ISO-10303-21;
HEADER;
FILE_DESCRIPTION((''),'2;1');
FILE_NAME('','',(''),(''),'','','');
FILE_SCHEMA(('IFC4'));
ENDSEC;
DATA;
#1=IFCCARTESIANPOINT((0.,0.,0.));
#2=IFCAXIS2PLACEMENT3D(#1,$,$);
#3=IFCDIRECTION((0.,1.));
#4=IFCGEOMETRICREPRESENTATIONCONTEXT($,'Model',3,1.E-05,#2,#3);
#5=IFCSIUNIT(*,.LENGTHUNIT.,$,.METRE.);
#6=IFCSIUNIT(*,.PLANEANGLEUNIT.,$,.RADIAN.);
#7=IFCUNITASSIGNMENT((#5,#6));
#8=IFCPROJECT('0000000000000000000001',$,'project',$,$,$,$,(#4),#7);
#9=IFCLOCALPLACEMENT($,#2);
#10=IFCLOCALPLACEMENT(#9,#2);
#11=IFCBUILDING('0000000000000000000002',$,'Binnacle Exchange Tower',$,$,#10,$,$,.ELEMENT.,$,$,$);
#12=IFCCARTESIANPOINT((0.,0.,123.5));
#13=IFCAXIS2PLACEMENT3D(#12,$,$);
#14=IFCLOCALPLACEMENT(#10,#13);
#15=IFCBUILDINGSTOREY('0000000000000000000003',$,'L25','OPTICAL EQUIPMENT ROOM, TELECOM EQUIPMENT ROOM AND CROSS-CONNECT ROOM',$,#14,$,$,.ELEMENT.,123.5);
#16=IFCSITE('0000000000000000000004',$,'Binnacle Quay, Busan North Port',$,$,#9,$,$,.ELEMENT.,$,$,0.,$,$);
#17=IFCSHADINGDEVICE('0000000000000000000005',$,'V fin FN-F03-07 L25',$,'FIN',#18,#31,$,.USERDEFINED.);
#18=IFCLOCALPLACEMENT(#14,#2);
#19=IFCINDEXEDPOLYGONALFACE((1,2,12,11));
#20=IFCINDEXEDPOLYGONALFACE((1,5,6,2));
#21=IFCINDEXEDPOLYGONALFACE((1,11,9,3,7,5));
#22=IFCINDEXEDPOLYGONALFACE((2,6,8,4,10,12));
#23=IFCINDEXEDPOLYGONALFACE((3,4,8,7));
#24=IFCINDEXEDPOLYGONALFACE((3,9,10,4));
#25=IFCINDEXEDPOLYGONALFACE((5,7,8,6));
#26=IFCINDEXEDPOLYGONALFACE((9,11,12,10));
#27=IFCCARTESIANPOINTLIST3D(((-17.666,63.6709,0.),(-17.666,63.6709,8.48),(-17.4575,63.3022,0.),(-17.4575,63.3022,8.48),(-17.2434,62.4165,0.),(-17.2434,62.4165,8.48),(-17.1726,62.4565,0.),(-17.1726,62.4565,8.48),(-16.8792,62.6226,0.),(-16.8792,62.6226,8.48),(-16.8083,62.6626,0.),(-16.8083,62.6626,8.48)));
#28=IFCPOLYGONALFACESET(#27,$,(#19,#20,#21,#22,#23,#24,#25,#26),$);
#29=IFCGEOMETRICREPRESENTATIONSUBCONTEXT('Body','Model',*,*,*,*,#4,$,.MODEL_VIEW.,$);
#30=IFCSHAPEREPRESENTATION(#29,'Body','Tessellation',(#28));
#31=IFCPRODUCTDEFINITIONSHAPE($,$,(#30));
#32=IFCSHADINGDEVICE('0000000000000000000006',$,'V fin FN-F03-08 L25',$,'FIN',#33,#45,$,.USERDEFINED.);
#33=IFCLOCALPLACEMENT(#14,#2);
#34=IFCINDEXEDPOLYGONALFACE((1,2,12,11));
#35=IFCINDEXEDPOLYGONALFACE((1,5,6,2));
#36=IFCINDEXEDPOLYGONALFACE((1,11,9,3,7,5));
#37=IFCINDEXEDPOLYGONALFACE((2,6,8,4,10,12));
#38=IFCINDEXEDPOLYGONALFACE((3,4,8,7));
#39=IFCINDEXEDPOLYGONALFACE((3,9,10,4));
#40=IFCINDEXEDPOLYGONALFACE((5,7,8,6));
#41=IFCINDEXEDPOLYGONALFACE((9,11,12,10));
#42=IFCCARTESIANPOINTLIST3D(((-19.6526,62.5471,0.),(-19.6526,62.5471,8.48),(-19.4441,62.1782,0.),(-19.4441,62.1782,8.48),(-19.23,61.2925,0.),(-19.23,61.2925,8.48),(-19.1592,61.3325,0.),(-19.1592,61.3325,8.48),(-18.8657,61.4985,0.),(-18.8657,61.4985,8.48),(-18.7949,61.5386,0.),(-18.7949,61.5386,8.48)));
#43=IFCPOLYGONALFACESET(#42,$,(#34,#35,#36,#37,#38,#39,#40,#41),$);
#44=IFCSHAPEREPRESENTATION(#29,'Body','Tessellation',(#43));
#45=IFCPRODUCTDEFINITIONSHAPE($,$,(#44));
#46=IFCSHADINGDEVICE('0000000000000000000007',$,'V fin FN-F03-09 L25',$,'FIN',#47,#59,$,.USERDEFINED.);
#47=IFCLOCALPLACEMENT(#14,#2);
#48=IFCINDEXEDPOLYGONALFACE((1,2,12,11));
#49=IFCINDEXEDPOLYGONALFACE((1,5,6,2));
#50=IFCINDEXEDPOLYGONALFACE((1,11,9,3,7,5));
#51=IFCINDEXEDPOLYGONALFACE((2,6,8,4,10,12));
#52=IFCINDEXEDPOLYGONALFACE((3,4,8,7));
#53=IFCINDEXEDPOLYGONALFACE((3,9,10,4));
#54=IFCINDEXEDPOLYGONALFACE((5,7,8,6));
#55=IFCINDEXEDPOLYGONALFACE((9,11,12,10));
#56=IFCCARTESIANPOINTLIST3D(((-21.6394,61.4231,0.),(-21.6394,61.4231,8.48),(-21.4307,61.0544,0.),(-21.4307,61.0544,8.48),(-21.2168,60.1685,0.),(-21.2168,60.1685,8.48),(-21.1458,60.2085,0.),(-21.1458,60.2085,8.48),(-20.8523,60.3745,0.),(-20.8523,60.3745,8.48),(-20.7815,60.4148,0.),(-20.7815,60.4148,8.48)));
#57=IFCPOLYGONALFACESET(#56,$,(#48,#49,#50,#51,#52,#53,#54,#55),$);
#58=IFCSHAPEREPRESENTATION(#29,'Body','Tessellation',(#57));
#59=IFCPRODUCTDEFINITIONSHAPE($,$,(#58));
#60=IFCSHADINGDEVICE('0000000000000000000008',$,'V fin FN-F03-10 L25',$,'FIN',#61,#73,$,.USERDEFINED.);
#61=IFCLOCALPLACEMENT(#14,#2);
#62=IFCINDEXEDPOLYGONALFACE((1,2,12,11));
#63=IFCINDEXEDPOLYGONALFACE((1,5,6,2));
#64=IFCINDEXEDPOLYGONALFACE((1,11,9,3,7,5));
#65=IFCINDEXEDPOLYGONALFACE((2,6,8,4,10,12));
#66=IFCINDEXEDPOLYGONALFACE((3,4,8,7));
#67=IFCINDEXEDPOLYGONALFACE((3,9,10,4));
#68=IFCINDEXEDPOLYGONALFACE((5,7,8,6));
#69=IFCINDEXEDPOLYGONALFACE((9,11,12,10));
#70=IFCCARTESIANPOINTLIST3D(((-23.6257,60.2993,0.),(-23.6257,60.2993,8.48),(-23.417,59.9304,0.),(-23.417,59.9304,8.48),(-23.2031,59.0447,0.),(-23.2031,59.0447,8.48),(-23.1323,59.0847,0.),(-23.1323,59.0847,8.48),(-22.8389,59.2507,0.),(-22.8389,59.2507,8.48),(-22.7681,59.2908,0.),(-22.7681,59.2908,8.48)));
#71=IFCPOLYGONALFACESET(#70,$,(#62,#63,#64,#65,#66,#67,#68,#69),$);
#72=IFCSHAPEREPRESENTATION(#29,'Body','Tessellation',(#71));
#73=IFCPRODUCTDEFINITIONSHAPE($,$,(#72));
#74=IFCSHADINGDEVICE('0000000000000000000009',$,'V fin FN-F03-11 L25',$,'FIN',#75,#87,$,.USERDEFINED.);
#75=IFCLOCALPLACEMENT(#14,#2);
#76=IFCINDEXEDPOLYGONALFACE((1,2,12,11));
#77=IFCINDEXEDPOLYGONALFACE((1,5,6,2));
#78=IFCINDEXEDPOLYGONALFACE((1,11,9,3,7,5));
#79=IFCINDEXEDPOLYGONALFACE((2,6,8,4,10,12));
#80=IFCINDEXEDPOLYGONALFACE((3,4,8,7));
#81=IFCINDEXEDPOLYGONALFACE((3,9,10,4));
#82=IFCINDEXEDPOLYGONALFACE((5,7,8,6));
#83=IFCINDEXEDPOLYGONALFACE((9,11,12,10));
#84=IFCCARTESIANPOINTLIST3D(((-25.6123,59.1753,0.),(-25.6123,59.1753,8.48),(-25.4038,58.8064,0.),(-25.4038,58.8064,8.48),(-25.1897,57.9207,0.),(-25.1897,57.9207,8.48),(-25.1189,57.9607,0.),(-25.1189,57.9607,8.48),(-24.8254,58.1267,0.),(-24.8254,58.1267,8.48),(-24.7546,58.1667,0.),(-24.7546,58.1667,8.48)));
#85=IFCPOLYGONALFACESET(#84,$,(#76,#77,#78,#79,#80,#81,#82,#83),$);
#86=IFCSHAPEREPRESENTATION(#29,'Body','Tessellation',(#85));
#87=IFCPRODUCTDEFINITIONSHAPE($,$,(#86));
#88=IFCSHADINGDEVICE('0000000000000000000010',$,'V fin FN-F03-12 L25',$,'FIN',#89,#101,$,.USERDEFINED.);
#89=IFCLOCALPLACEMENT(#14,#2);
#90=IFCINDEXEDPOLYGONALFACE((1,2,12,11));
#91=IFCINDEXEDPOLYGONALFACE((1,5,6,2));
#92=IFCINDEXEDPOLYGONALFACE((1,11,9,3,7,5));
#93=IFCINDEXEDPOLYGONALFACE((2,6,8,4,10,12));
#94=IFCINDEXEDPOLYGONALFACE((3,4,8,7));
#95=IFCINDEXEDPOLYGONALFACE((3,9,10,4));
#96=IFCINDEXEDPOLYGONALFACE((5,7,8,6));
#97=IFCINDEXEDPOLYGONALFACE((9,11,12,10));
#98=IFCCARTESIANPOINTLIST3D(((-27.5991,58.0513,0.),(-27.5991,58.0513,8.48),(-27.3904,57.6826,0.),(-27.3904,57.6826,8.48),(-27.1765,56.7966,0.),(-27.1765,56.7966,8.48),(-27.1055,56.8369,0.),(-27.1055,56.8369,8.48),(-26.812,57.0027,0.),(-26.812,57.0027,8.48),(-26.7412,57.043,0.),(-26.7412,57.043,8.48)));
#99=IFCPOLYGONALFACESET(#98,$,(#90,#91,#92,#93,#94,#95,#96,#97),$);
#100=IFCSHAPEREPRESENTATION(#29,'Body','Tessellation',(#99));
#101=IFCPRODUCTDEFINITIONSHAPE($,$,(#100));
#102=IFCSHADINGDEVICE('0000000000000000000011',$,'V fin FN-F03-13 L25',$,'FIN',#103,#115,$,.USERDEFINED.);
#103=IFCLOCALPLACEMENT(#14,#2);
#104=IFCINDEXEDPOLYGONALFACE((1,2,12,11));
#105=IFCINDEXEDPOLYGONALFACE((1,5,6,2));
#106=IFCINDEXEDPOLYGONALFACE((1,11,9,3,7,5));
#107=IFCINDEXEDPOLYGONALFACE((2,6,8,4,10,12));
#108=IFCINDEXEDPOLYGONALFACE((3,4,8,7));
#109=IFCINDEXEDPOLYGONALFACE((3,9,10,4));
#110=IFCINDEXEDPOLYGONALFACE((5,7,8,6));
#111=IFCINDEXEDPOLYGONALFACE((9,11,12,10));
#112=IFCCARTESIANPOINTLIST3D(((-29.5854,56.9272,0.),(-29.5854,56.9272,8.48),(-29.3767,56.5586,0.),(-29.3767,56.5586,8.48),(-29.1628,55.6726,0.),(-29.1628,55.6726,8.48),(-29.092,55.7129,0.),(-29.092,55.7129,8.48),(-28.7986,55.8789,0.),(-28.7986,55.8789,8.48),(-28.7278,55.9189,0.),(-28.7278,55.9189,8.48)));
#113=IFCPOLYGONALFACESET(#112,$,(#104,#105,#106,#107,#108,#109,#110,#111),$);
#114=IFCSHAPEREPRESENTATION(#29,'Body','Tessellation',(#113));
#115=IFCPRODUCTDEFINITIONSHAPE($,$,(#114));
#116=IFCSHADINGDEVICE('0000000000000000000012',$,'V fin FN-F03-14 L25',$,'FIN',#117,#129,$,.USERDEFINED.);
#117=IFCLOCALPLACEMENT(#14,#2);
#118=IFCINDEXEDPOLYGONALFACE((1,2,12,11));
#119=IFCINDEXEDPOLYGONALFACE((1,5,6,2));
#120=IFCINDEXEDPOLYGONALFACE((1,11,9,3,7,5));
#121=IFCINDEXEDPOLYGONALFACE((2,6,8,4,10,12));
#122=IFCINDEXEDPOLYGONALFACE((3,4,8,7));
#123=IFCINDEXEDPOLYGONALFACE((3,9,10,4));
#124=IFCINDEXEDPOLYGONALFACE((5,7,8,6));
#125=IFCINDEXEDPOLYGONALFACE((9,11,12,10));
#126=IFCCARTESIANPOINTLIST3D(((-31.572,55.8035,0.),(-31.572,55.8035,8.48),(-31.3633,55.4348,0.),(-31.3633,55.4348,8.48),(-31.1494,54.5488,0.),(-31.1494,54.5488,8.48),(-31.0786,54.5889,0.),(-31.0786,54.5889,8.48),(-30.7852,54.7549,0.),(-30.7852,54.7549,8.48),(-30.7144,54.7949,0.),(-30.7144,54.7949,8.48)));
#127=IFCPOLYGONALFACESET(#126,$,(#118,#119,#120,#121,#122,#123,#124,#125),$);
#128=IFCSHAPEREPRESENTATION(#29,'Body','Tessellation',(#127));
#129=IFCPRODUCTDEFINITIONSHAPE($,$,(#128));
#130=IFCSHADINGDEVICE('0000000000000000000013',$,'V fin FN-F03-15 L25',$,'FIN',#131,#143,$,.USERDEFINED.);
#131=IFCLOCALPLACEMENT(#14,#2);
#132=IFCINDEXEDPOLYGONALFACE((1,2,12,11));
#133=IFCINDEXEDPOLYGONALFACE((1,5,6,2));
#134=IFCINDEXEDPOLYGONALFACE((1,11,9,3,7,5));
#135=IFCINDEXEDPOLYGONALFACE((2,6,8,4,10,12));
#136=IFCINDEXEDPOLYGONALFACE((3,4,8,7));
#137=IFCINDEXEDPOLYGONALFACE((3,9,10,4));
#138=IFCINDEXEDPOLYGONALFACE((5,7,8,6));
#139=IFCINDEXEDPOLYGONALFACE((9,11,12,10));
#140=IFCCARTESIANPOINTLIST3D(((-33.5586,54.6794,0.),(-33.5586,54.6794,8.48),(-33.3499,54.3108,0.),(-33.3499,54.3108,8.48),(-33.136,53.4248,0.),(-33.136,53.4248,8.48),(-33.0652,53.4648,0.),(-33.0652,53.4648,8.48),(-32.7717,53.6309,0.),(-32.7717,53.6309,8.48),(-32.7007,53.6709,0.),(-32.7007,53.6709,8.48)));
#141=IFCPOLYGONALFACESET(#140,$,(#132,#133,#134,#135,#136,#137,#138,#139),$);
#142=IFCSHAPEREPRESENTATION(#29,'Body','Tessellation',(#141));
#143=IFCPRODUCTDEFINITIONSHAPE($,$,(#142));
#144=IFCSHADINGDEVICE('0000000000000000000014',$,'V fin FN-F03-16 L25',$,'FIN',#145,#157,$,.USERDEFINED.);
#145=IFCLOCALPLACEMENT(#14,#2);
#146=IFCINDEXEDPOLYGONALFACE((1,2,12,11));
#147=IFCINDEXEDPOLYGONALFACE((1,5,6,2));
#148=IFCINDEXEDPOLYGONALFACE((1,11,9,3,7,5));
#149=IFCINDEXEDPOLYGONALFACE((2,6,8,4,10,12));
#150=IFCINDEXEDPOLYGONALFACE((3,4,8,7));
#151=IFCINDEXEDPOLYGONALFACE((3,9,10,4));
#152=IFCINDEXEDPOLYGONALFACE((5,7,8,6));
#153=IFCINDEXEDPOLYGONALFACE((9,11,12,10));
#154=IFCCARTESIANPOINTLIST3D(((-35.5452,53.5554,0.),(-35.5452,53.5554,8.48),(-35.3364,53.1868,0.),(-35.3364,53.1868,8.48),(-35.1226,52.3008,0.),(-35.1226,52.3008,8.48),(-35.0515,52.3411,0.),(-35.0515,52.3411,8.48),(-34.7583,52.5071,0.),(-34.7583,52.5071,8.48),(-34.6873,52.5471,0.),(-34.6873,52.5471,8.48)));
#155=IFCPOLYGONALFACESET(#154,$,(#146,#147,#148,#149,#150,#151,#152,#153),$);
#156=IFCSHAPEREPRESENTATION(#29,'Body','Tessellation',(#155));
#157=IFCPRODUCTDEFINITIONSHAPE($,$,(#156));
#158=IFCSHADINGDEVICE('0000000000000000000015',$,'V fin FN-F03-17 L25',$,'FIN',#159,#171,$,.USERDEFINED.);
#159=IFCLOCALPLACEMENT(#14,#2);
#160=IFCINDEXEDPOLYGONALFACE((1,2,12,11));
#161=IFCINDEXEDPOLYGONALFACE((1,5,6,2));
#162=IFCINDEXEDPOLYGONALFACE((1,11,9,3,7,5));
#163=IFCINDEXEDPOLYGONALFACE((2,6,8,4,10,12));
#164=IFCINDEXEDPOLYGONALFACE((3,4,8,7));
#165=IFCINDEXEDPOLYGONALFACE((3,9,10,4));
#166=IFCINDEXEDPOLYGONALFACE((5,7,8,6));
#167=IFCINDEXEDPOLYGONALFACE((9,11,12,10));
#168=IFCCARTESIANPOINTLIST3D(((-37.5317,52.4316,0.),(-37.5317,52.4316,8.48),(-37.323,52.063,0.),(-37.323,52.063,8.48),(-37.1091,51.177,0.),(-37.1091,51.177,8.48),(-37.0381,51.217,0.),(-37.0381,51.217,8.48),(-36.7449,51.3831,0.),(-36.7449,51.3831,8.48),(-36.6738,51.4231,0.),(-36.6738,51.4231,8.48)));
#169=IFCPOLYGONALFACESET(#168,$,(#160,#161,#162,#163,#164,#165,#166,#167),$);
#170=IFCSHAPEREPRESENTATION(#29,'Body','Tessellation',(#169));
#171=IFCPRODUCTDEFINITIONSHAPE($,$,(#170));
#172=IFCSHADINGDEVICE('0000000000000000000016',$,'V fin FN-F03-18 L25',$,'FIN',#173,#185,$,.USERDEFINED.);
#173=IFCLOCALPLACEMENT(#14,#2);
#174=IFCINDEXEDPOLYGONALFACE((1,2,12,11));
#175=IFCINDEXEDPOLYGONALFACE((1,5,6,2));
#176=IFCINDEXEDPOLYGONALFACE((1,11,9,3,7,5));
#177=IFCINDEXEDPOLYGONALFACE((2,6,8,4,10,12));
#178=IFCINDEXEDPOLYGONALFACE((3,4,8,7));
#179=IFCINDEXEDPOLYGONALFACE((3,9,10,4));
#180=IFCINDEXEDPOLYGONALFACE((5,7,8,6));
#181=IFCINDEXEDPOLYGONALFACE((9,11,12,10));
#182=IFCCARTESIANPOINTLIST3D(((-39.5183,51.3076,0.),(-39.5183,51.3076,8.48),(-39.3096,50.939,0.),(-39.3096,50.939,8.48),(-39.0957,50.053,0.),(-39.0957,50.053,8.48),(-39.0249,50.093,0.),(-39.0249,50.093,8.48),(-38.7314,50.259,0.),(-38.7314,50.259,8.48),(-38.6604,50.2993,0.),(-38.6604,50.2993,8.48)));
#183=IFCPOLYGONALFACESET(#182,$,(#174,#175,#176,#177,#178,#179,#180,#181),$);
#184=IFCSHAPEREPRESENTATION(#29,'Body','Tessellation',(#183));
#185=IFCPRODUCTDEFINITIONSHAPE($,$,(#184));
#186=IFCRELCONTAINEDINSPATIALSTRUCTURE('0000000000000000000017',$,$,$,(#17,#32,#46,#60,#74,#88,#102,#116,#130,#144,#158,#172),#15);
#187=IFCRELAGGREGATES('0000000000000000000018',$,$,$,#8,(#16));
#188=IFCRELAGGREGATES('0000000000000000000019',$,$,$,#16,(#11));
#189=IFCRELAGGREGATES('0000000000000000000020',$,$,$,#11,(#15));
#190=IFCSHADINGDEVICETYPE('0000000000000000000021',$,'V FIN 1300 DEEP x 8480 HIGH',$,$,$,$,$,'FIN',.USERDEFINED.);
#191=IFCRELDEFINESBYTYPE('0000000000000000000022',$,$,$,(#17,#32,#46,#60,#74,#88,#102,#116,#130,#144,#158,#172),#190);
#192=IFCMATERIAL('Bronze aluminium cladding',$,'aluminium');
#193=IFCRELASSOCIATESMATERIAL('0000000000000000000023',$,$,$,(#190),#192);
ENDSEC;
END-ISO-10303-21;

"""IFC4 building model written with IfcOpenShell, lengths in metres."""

from ifc_helpers import new_model, si_unit, direction, frame, origin, place, context, subcontext, project, spatial, polyline, outline, extrude, material, type_object, element, save


model = new_model("IFC4")

# Units and contexts
model_context = context("Model", 3, precision=1e-05, world=origin(), true_north=direction((0.0, 1.0)))
body_context = subcontext(model_context, "Body", "Model", "MODEL_VIEW")
ifc_project = project(units=[si_unit("LENGTHUNIT", "METRE"), si_unit("PLANEANGLEUNIT", "RADIAN")], contexts=[model_context])

# Site, building, storey
site_placement = place(None, origin())
site = spatial("IfcSite", under=ifc_project, at=site_placement, Name="Binnacle Quay, Busan North Port", CompositionType="ELEMENT", RefElevation=0.0)
building_placement = place(site_placement, origin())
building = spatial("IfcBuilding", under=site, at=building_placement, Name="Binnacle Exchange Tower", CompositionType="ELEMENT")
storey_placement = place(building_placement, frame((0.0, 0.0, 123.5)))
storey = spatial("IfcBuildingStorey", under=building, at=storey_placement, Name="L25", Description="OPTICAL EQUIPMENT ROOM, TELECOM EQUIPMENT ROOM AND CROSS-CONNECT ROOM", CompositionType="ELEMENT", Elevation=123.5)

# Shading devices
ifc_material = material(Name="Bronze aluminium cladding", Category="aluminium")
shading_device_type = type_object("IfcShadingDeviceType", Name="V FIN 1300 DEEP x 8480 HIGH", ElementType="FIN", PredefinedType="USERDEFINED", material=ifc_material)
shading_device_1_placement = place(storey_placement, origin())
element("IfcShadingDevice", 1, at=shading_device_1_placement, inside=storey, type_object=shading_device_type, Name="V fin FN-F03-07 L25", ObjectType="FIN", PredefinedType="USERDEFINED", context=body_context, shape_type="SweptSolid", body=[
    extrude(outline(polyline([(-16.8083, 62.6626), (-17.666, 63.6709), (-17.2434, 62.4165), (-17.1726, 62.4565), (-17.4575, 63.3022), (-16.8792, 62.6226), (-16.8083, 62.6626)])), origin(), (0.0, 0.0, 1.0), 8.48),
])
shading_device_2_placement = place(storey_placement, origin())
element("IfcShadingDevice", 2, at=shading_device_2_placement, inside=storey, type_object=shading_device_type, Name="V fin FN-F03-08 L25", ObjectType="FIN", PredefinedType="USERDEFINED", context=body_context, shape_type="SweptSolid", body=[
    extrude(outline(polyline([(-18.7949, 61.5386), (-19.6526, 62.5471), (-19.23, 61.2925), (-19.1592, 61.3325), (-19.4441, 62.1782), (-18.8657, 61.4985), (-18.7949, 61.5386)])), origin(), (0.0, 0.0, 1.0), 8.48),
])
shading_device_3_placement = place(storey_placement, origin())
element("IfcShadingDevice", 3, at=shading_device_3_placement, inside=storey, type_object=shading_device_type, Name="V fin FN-F03-09 L25", ObjectType="FIN", PredefinedType="USERDEFINED", context=body_context, shape_type="SweptSolid", body=[
    extrude(outline(polyline([(-20.7815, 60.4148), (-21.6394, 61.4231), (-21.2168, 60.1685), (-21.1458, 60.2085), (-21.4307, 61.0544), (-20.8523, 60.3745), (-20.7815, 60.4148)])), origin(), (0.0, 0.0, 1.0), 8.48),
])
shading_device_4_placement = place(storey_placement, origin())
element("IfcShadingDevice", 4, at=shading_device_4_placement, inside=storey, type_object=shading_device_type, Name="V fin FN-F03-10 L25", ObjectType="FIN", PredefinedType="USERDEFINED", context=body_context, shape_type="SweptSolid", body=[
    extrude(outline(polyline([(-22.7681, 59.2908), (-23.6257, 60.2993), (-23.2031, 59.0447), (-23.1323, 59.0847), (-23.417, 59.9304), (-22.8389, 59.2507), (-22.7681, 59.2908)])), origin(), (0.0, 0.0, 1.0), 8.48),
])
shading_device_5_placement = place(storey_placement, origin())
element("IfcShadingDevice", 5, at=shading_device_5_placement, inside=storey, type_object=shading_device_type, Name="V fin FN-F03-11 L25", ObjectType="FIN", PredefinedType="USERDEFINED", context=body_context, shape_type="SweptSolid", body=[
    extrude(outline(polyline([(-24.7546, 58.1667), (-25.6123, 59.1753), (-25.1897, 57.9207), (-25.1189, 57.9607), (-25.4038, 58.8064), (-24.8254, 58.1267), (-24.7546, 58.1667)])), origin(), (0.0, 0.0, 1.0), 8.48),
])
shading_device_6_placement = place(storey_placement, origin())
element("IfcShadingDevice", 6, at=shading_device_6_placement, inside=storey, type_object=shading_device_type, Name="V fin FN-F03-12 L25", ObjectType="FIN", PredefinedType="USERDEFINED", context=body_context, shape_type="SweptSolid", body=[
    extrude(outline(polyline([(-26.7412, 57.043), (-27.5991, 58.0513), (-27.1765, 56.7966), (-27.1055, 56.8369), (-27.3904, 57.6826), (-26.812, 57.0027), (-26.7412, 57.043)])), origin(), (0.0, 0.0, 1.0), 8.48),
])
shading_device_7_placement = place(storey_placement, origin())
element("IfcShadingDevice", 7, at=shading_device_7_placement, inside=storey, type_object=shading_device_type, Name="V fin FN-F03-13 L25", ObjectType="FIN", PredefinedType="USERDEFINED", context=body_context, shape_type="SweptSolid", body=[
    extrude(outline(polyline([(-28.7278, 55.9189), (-29.5854, 56.9272), (-29.1628, 55.6726), (-29.092, 55.7129), (-29.3767, 56.5586), (-28.7986, 55.8789), (-28.7278, 55.9189)])), origin(), (0.0, 0.0, 1.0), 8.48),
])
shading_device_8_placement = place(storey_placement, origin())
element("IfcShadingDevice", 8, at=shading_device_8_placement, inside=storey, type_object=shading_device_type, Name="V fin FN-F03-14 L25", ObjectType="FIN", PredefinedType="USERDEFINED", context=body_context, shape_type="SweptSolid", body=[
    extrude(outline(polyline([(-30.7144, 54.7949), (-31.572, 55.8035), (-31.1494, 54.5488), (-31.0786, 54.5889), (-31.3633, 55.4348), (-30.7852, 54.7549), (-30.7144, 54.7949)])), origin(), (0.0, 0.0, 1.0), 8.48),
])
shading_device_9_placement = place(storey_placement, origin())
element("IfcShadingDevice", 9, at=shading_device_9_placement, inside=storey, type_object=shading_device_type, Name="V fin FN-F03-15 L25", ObjectType="FIN", PredefinedType="USERDEFINED", context=body_context, shape_type="SweptSolid", body=[
    extrude(outline(polyline([(-32.7007, 53.6709), (-33.5586, 54.6794), (-33.136, 53.4248), (-33.0652, 53.4648), (-33.3499, 54.3108), (-32.7717, 53.6309), (-32.7007, 53.6709)])), origin(), (0.0, 0.0, 1.0), 8.48),
])
shading_device_10_placement = place(storey_placement, origin())
element("IfcShadingDevice", 10, at=shading_device_10_placement, inside=storey, type_object=shading_device_type, Name="V fin FN-F03-16 L25", ObjectType="FIN", PredefinedType="USERDEFINED", context=body_context, shape_type="SweptSolid", body=[
    extrude(outline(polyline([(-34.6873, 52.5471), (-35.5452, 53.5554), (-35.1226, 52.3008), (-35.0515, 52.3411), (-35.3364, 53.1868), (-34.7583, 52.5071), (-34.6873, 52.5471)])), origin(), (0.0, 0.0, 1.0), 8.48),
])
shading_device_11_placement = place(storey_placement, origin())
element("IfcShadingDevice", 11, at=shading_device_11_placement, inside=storey, type_object=shading_device_type, Name="V fin FN-F03-17 L25", ObjectType="FIN", PredefinedType="USERDEFINED", context=body_context, shape_type="SweptSolid", body=[
    extrude(outline(polyline([(-36.6738, 51.4231), (-37.5317, 52.4316), (-37.1091, 51.177), (-37.0381, 51.217), (-37.323, 52.063), (-36.7449, 51.3831), (-36.6738, 51.4231)])), origin(), (0.0, 0.0, 1.0), 8.48),
])
shading_device_12_placement = place(storey_placement, origin())
element("IfcShadingDevice", 12, at=shading_device_12_placement, inside=storey, type_object=shading_device_type, Name="V fin FN-F03-18 L25", ObjectType="FIN", PredefinedType="USERDEFINED", context=body_context, shape_type="SweptSolid", body=[
    extrude(outline(polyline([(-38.6604, 50.2993), (-39.5183, 51.3076), (-39.0957, 50.053), (-39.0249, 50.093), (-39.3096, 50.939), (-38.7314, 50.259), (-38.6604, 50.2993)])), origin(), (0.0, 0.0, 1.0), 8.48),
])

save(model, "model.ifc")
